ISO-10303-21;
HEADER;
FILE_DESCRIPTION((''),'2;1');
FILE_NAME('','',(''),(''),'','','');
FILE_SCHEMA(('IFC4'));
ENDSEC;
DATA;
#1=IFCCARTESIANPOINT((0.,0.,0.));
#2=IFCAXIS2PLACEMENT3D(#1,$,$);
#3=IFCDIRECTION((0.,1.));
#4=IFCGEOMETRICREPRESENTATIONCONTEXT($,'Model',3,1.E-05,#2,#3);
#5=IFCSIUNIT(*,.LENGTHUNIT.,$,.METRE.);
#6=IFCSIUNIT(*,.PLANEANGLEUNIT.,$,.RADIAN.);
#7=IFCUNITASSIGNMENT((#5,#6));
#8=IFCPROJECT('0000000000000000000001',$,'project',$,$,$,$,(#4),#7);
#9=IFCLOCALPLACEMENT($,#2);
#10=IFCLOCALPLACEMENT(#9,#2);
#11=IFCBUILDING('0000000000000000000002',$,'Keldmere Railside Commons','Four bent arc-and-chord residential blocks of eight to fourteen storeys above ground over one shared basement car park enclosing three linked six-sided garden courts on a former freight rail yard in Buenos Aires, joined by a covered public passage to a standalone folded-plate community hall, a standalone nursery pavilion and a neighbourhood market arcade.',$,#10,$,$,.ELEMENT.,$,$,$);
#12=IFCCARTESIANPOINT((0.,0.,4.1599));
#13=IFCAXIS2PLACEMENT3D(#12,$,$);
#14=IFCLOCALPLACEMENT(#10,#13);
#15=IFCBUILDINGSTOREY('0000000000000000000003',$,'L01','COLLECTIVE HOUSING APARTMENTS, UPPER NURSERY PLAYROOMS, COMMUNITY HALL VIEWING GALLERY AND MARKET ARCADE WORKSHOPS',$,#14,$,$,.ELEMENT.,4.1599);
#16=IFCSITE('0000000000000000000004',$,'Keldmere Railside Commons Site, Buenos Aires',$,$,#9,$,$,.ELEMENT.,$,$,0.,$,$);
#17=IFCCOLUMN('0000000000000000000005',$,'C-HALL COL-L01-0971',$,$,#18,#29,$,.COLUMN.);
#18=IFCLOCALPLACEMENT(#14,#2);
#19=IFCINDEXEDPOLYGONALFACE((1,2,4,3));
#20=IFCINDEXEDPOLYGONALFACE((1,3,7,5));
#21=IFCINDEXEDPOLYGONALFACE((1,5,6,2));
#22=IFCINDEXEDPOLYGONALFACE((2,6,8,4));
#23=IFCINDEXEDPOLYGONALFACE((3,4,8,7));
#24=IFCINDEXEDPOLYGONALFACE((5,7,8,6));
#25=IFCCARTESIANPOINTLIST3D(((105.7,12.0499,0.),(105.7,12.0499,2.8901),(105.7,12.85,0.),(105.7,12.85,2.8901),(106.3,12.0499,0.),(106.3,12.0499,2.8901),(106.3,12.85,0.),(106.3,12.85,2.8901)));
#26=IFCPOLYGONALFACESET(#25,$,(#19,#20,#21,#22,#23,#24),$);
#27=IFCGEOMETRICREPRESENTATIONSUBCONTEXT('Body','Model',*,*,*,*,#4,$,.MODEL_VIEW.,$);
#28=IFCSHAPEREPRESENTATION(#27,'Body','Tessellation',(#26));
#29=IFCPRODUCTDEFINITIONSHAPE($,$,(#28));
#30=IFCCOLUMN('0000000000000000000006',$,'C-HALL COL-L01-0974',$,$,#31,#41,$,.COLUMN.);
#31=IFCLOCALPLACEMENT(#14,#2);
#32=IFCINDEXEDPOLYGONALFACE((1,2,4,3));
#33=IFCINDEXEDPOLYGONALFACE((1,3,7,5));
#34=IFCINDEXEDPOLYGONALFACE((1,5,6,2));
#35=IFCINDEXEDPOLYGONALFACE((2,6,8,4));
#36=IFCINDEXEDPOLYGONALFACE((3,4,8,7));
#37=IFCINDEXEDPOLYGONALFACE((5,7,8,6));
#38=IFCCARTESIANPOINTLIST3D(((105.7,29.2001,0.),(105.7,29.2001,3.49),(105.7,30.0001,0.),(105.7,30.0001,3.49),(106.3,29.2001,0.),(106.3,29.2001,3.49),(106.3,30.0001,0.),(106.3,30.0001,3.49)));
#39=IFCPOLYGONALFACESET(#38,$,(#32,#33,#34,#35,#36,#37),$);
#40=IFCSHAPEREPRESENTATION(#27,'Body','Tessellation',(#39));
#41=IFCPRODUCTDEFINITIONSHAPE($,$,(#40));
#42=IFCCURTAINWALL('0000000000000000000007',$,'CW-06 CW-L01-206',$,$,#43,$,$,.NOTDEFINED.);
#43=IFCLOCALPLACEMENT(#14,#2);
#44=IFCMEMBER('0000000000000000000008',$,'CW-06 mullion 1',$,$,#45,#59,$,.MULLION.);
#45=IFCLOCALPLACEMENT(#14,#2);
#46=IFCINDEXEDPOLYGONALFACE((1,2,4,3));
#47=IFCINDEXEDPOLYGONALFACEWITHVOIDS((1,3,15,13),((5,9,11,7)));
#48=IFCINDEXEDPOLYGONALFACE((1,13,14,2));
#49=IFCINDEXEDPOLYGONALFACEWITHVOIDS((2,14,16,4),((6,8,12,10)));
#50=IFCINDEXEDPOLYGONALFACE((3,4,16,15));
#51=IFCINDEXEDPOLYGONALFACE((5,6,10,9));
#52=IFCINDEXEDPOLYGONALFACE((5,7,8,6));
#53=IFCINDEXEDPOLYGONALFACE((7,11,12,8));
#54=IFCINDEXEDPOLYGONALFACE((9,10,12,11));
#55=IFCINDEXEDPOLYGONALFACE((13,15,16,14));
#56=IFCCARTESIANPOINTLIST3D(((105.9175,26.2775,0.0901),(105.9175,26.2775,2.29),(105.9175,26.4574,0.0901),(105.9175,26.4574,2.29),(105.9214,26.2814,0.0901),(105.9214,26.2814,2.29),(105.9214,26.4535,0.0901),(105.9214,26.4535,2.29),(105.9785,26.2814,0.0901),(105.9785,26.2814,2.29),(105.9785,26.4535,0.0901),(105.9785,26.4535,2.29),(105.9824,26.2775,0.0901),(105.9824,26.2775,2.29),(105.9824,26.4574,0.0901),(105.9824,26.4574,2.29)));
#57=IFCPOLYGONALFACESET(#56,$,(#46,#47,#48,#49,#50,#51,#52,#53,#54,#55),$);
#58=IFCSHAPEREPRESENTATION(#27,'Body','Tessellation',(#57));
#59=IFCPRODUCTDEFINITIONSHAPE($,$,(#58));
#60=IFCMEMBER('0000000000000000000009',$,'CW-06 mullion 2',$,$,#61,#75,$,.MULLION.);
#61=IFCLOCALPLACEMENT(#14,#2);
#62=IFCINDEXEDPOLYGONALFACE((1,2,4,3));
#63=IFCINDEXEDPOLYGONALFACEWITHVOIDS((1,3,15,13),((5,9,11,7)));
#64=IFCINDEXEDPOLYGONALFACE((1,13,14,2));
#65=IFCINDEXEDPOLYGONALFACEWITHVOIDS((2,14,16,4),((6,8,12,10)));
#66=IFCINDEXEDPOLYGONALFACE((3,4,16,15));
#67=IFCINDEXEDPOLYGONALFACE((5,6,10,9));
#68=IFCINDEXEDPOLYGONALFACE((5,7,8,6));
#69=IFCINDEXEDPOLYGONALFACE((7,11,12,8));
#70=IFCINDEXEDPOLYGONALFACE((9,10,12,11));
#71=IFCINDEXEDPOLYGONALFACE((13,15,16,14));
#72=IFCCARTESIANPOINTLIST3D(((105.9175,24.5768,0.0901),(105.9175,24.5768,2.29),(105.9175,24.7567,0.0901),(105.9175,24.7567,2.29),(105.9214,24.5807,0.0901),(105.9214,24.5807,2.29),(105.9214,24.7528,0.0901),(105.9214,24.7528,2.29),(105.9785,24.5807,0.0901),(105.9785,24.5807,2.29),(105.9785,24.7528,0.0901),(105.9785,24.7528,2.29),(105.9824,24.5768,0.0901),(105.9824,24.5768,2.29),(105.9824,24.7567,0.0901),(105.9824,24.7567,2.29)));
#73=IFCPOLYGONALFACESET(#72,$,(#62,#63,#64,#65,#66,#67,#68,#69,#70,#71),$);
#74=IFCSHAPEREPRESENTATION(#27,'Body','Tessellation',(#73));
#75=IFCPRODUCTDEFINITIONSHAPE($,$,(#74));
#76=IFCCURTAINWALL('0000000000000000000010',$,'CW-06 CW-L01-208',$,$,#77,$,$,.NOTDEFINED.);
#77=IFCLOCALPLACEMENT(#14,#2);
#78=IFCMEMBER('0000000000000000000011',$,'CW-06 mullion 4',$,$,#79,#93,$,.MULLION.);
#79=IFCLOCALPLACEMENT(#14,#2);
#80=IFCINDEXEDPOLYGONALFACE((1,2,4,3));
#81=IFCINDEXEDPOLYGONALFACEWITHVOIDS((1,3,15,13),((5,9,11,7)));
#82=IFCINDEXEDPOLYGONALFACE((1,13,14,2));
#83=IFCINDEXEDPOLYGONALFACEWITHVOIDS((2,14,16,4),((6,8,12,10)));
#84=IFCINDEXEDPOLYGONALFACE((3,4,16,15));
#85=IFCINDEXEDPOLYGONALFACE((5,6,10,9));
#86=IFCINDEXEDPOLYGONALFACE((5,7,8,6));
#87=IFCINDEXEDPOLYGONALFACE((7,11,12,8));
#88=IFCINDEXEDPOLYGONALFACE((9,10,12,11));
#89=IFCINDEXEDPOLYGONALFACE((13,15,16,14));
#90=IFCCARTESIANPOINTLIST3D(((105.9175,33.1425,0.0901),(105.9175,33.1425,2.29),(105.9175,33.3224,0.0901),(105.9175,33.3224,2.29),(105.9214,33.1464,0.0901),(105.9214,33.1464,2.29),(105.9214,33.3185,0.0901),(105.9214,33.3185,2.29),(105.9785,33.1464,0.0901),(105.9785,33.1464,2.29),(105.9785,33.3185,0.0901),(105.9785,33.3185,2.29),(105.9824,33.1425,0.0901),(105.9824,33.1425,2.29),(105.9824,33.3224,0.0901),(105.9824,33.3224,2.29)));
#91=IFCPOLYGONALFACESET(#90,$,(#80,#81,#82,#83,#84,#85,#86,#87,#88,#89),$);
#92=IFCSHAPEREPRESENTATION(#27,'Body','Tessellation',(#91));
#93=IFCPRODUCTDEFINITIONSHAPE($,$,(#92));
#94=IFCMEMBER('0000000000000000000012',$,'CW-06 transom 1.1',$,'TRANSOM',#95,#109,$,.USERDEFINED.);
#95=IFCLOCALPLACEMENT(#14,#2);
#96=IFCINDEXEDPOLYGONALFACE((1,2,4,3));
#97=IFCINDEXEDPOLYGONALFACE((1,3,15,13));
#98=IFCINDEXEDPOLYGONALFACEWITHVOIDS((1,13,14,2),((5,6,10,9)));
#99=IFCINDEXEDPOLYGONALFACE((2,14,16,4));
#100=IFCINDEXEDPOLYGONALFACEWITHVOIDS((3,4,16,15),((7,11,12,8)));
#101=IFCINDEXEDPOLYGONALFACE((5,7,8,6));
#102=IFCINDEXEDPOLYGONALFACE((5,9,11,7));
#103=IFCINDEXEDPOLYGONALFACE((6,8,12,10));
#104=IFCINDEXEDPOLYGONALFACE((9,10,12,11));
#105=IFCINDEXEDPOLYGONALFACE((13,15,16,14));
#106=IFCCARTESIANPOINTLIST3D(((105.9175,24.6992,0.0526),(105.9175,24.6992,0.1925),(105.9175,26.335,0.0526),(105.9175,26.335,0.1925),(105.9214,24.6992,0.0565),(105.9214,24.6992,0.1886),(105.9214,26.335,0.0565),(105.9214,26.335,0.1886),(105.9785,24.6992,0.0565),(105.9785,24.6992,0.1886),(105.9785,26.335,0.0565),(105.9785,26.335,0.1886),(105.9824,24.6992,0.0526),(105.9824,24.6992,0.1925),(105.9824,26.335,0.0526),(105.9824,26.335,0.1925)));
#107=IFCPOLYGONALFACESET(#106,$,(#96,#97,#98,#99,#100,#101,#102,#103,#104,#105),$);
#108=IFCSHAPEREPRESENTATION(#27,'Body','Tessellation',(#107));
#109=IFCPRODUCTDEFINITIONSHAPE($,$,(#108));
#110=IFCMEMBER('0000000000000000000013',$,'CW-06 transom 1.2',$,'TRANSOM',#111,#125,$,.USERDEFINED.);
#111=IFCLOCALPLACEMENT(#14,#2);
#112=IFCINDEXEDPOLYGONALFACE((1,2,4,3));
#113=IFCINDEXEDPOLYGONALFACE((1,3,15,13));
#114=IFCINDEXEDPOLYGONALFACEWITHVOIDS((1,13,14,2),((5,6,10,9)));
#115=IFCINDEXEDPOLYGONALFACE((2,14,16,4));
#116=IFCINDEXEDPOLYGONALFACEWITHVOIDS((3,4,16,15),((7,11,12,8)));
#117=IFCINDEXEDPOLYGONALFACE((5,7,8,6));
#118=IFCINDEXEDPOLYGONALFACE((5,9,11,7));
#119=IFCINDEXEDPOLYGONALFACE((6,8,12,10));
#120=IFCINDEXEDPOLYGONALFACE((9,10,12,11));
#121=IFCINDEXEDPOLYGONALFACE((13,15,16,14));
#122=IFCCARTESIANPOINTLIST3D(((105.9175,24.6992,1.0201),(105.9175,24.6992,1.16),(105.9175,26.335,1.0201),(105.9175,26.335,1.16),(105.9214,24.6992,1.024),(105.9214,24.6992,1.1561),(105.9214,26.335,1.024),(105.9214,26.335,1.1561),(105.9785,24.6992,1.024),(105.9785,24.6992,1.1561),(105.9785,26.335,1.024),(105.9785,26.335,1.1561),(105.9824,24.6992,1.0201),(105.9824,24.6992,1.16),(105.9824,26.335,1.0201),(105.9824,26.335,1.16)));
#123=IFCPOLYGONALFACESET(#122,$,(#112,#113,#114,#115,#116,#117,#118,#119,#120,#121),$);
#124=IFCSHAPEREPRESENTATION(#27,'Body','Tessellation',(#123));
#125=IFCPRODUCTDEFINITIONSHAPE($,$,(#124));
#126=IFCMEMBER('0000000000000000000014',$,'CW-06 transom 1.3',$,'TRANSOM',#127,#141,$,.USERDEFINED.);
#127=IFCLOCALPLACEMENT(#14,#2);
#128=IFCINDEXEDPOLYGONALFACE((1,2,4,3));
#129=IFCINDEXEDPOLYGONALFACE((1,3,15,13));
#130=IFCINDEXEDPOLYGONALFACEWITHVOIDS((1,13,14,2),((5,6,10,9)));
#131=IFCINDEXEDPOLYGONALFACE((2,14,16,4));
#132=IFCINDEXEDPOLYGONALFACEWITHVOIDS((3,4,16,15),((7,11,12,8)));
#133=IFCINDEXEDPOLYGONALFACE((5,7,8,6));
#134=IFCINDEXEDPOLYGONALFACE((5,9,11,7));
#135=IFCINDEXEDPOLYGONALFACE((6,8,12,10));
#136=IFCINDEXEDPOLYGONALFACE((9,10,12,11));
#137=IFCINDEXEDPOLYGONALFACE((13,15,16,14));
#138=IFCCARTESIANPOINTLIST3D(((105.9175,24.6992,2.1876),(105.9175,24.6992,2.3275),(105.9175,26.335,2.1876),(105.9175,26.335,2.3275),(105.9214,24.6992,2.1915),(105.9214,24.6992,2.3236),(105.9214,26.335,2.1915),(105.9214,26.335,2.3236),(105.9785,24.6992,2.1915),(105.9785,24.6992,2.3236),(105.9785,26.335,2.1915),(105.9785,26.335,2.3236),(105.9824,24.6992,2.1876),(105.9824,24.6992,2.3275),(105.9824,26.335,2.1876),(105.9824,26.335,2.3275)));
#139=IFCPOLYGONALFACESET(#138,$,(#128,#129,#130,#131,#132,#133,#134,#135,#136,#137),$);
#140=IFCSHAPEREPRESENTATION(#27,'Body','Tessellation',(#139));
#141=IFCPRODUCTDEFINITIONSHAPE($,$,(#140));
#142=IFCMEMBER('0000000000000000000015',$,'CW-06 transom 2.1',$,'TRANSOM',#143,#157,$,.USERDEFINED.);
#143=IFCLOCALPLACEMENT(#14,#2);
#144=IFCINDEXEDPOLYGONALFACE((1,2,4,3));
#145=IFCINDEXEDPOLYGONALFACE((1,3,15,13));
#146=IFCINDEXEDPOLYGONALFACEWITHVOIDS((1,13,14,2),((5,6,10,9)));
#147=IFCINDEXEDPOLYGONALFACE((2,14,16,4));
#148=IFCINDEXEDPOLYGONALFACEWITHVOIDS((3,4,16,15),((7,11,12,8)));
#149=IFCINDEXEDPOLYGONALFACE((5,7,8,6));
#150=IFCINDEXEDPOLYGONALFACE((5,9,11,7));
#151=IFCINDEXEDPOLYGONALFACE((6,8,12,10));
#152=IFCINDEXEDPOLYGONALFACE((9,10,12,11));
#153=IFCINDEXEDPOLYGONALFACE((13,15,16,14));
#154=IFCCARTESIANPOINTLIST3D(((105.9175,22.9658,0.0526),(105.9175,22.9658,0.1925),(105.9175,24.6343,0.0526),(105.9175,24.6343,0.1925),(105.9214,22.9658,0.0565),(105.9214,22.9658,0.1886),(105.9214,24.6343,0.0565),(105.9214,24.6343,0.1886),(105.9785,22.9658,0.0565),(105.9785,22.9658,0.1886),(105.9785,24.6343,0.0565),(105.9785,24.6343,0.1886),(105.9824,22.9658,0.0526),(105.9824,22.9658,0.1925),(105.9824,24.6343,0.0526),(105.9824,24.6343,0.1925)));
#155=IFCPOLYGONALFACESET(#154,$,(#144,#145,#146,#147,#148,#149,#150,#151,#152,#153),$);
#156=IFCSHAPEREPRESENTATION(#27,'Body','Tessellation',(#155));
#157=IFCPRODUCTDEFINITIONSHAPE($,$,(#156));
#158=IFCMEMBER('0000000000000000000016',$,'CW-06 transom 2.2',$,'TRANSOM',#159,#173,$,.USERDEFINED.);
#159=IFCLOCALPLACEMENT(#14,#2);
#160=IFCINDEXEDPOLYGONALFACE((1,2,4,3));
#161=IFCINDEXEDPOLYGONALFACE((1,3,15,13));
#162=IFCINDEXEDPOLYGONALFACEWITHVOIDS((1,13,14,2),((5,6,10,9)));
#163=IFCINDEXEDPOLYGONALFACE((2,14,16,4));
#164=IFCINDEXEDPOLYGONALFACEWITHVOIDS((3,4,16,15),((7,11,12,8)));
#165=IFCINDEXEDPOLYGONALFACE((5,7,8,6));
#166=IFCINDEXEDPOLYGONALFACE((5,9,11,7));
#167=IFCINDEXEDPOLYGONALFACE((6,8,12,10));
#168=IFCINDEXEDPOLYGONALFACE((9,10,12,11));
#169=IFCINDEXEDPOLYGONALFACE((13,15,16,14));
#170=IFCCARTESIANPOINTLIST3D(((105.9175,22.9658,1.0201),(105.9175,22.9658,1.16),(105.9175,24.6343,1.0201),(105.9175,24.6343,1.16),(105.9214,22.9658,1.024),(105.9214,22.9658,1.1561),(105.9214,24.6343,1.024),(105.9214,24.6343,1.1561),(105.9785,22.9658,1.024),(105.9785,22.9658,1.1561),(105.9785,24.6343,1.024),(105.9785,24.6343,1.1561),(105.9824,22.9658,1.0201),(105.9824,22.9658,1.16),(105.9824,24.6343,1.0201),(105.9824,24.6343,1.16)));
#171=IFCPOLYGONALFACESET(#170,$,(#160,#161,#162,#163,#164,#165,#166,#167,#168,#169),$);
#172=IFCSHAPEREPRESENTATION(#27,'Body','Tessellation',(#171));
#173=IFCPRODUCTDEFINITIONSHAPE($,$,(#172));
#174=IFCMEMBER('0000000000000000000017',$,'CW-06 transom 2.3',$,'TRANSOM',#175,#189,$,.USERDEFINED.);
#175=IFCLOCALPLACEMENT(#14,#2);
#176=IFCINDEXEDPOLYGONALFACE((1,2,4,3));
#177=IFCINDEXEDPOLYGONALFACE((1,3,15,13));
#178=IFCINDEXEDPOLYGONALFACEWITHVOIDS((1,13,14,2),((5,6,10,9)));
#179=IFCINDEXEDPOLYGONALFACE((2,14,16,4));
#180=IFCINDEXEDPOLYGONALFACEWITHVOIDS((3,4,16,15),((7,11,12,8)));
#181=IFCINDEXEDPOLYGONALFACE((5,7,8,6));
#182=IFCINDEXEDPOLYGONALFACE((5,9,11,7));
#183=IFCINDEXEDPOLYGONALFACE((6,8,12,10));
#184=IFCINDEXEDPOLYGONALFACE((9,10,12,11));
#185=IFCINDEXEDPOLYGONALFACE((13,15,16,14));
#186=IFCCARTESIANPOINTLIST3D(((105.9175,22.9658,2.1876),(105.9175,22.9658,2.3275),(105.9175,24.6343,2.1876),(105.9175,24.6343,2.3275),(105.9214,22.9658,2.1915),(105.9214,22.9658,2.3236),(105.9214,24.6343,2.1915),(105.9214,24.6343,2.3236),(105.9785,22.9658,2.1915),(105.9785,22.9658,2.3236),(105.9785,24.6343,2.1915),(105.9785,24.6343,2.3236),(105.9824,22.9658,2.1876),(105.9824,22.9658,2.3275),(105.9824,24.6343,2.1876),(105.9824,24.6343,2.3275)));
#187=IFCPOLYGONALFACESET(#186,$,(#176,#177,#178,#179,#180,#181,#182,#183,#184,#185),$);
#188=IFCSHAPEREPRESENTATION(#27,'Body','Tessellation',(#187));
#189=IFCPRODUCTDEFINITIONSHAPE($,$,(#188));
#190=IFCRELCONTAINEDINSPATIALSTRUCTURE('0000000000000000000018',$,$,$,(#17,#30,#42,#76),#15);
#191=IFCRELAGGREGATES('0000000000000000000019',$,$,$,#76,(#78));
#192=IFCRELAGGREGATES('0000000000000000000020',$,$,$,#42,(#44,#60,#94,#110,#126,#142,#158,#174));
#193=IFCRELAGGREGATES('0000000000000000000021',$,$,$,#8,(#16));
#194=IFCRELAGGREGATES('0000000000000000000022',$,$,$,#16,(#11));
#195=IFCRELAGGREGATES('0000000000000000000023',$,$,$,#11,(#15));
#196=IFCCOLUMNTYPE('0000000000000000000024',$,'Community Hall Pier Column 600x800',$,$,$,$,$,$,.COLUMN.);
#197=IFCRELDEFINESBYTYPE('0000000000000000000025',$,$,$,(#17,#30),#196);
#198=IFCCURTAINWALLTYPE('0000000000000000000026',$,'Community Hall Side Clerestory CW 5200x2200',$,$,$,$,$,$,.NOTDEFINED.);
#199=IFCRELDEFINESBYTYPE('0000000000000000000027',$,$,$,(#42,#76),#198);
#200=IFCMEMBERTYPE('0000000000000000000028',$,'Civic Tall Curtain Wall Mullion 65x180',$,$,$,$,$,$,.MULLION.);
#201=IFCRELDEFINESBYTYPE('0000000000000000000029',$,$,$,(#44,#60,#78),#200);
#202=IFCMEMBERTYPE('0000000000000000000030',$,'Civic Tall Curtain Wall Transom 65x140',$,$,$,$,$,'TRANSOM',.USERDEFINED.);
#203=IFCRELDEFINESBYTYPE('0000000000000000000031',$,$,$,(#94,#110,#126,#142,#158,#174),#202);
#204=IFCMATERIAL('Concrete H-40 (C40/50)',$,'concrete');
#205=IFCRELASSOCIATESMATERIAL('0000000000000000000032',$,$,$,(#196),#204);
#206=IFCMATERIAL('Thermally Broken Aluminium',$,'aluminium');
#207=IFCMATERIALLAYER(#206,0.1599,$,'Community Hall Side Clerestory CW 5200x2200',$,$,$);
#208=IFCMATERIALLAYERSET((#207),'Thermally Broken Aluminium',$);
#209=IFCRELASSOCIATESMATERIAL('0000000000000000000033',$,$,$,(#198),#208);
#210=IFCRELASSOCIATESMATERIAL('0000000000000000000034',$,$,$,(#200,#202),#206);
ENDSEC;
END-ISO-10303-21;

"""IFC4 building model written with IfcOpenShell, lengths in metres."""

from ifc_helpers import new_model, si_unit, direction, frame, origin, origin_2d, place, context, subcontext, project, spatial, rectangle, hollow_rectangle, extrude, material, layer, layer_set, material_profile, profile_set, type_object, element, aggregate, save


model = new_model("IFC4")

# Units and contexts
model_context = context("Model", 3, precision=1e-05, world=origin(), true_north=direction((0.0, 1.0)))
body_context = subcontext(model_context, "Body", "Model", "MODEL_VIEW")
ifc_project = project(units=[si_unit("LENGTHUNIT", "METRE"), si_unit("PLANEANGLEUNIT", "RADIAN")], contexts=[model_context])

# Site, building, storey
site_placement = place(None, origin())
site = spatial("IfcSite", under=ifc_project, at=site_placement, Name="Keldmere Railside Commons Site, Buenos Aires", CompositionType="ELEMENT", RefElevation=0.0)
building_placement = place(site_placement, origin())
building = spatial("IfcBuilding", under=site, at=building_placement, Name="Keldmere Railside Commons", Description="Four bent arc-and-chord residential blocks of eight to fourteen storeys above ground over one shared basement car park enclosing three linked six-sided garden courts on a former freight rail yard in Buenos Aires, joined by a covered public passage to a standalone folded-plate community hall, a standalone nursery pavilion and a neighbourhood market arcade.", CompositionType="ELEMENT")
storey_placement = place(building_placement, frame((0.0, 0.0, 4.1599)))
storey = spatial("IfcBuildingStorey", under=building, at=storey_placement, Name="L01", Description="COLLECTIVE HOUSING APARTMENTS, UPPER NURSERY PLAYROOMS, COMMUNITY HALL VIEWING GALLERY AND MARKET ARCADE WORKSHOPS", CompositionType="ELEMENT", Elevation=4.1599)

# Columns
ifc_material_1 = material(Name="Concrete H-40 (C40/50)", Category="concrete")
ifc_material_profile_1 = material_profile(ifc_material_1, rectangle(XDim=0.6001, YDim=0.8, at=origin_2d()), Name="RC-600x800")
ifc_profile_set_1 = profile_set([ifc_material_profile_1], Name="Concrete H-40 (C40/50)")
column_type = type_object("IfcColumnType", Name="Community Hall Pier Column 600x800", PredefinedType="COLUMN", material=ifc_profile_set_1)
column_1_placement = place(storey_placement, frame((106.0, 12.45, 0.0), z_axis=(0.0, 0.0, 1.0), x_axis=(1.0, 0.0, 0.0)))
element("IfcColumn", 1, at=column_1_placement, inside=storey, type_object=column_type, Name="C-HALL COL-L01-0971", PredefinedType="COLUMN", context=body_context, shape_type="SweptSolid", body=[
    extrude(rectangle(XDim=0.6001, YDim=0.8, at=origin_2d()), origin(), (0.0, 0.0, 1.0), 2.8901),
])
column_2_placement = place(storey_placement, frame((106.0, 29.6001, 0.0), z_axis=(0.0, 0.0, 1.0), x_axis=(1.0, 0.0, 0.0)))
element("IfcColumn", 2, at=column_2_placement, inside=storey, type_object=column_type, Name="C-HALL COL-L01-0974", PredefinedType="COLUMN", context=body_context, shape_type="SweptSolid", body=[
    extrude(rectangle(XDim=0.6001, YDim=0.8, at=origin_2d()), origin(), (0.0, 0.0, 1.0), 3.49),
])

# Curtain wall, members
ifc_material_2 = material(Name="Thermally Broken Aluminium", Category="aluminium")
ifc_layer_1 = layer(ifc_material_2, 0.1599, Name="Community Hall Side Clerestory CW 5200x2200")
ifc_layer_set_1 = layer_set([ifc_layer_1], Name="Thermally Broken Aluminium")
curtain_wall_type = type_object("IfcCurtainWallType", Name="Community Hall Side Clerestory CW 5200x2200", PredefinedType="NOTDEFINED", material=ifc_layer_set_1)
curtain_wall_1_placement = place(storey_placement, origin())
curtain_wall_1 = element("IfcCurtainWall", 3, at=curtain_wall_1_placement, inside=storey, type_object=curtain_wall_type, Name="CW-06 CW-L01-206", PredefinedType="NOTDEFINED")
ifc_material_profile_2 = material_profile(ifc_material_2, hollow_rectangle(XDim=0.0649, YDim=0.1799, WallThickness=0.0039, at=origin_2d()), Name="ALU-MULL-65x180")
ifc_profile_set_2 = profile_set([ifc_material_profile_2], Name="Thermally Broken Aluminium")
member_type_1 = type_object("IfcMemberType", Name="Civic Tall Curtain Wall Mullion 65x180", PredefinedType="MULLION", material=ifc_profile_set_2)
member_1_placement = place(storey_placement, frame((105.95, 26.3674, 0.0901), z_axis=(0.0, 0.0, 1.0), x_axis=(1.0, 0.0, 0.0)))
member_1 = element("IfcMember", 4, at=member_1_placement, type_object=member_type_1, Name="CW-06 mullion 1", PredefinedType="MULLION", context=body_context, shape_type="SweptSolid", body=[
    extrude(hollow_rectangle(XDim=0.0649, YDim=0.1799, WallThickness=0.0039, at=origin_2d()), origin(), (0.0, 0.0, 1.0), 2.2),
])
member_2_placement = place(storey_placement, frame((105.95, 24.6667, 0.0901), z_axis=(0.0, 0.0, 1.0), x_axis=(1.0, 0.0, 0.0)))
member_2 = element("IfcMember", 5, at=member_2_placement, type_object=member_type_1, Name="CW-06 mullion 2", PredefinedType="MULLION", context=body_context, shape_type="SweptSolid", body=[
    extrude(hollow_rectangle(XDim=0.0649, YDim=0.1799, WallThickness=0.0039, at=origin_2d()), origin(), (0.0, 0.0, 1.0), 2.2),
])

# Curtain wall, member
curtain_wall_2_placement = place(storey_placement, origin())
curtain_wall_2 = element("IfcCurtainWall", 6, at=curtain_wall_2_placement, inside=storey, type_object=curtain_wall_type, Name="CW-06 CW-L01-208", PredefinedType="NOTDEFINED")
member_3_placement = place(storey_placement, frame((105.95, 33.2324, 0.0901), z_axis=(0.0, 0.0, 1.0), x_axis=(1.0, 0.0, 0.0)))
member_3 = element("IfcMember", 7, at=member_3_placement, type_object=member_type_1, Name="CW-06 mullion 4", PredefinedType="MULLION", context=body_context, shape_type="SweptSolid", body=[
    extrude(hollow_rectangle(XDim=0.0649, YDim=0.1799, WallThickness=0.0039, at=origin_2d()), origin(), (0.0, 0.0, 1.0), 2.2),
])

# Members
ifc_material_profile_3 = material_profile(ifc_material_2, hollow_rectangle(XDim=0.0649, YDim=0.1399, WallThickness=0.0039, at=origin_2d()), Name="ALU-TRAN-65x140")
ifc_profile_set_3 = profile_set([ifc_material_profile_3], Name="Thermally Broken Aluminium")
member_type_2 = type_object("IfcMemberType", Name="Civic Tall Curtain Wall Transom 65x140", ElementType="TRANSOM", PredefinedType="USERDEFINED", material=ifc_profile_set_3)
member_4_placement = place(storey_placement, frame((105.95, 26.335, 0.1226), z_axis=(0.0, -1.0, 0.0), x_axis=(1.0, 0.0, 0.0)))
member_4 = element("IfcMember", 8, at=member_4_placement, type_object=member_type_2, Name="CW-06 transom 1.1", ObjectType="TRANSOM", PredefinedType="USERDEFINED", context=body_context, shape_type="SweptSolid", body=[
    extrude(hollow_rectangle(XDim=0.0649, YDim=0.1399, WallThickness=0.0039, at=origin_2d()), origin(), (0.0, 0.0, 1.0), 1.6357),
])
member_5_placement = place(storey_placement, frame((105.95, 26.335, 1.0901), z_axis=(0.0, -1.0, 0.0), x_axis=(1.0, 0.0, 0.0)))
member_5 = element("IfcMember", 9, at=member_5_placement, type_object=member_type_2, Name="CW-06 transom 1.2", ObjectType="TRANSOM", PredefinedType="USERDEFINED", context=body_context, shape_type="SweptSolid", body=[
    extrude(hollow_rectangle(XDim=0.0649, YDim=0.1399, WallThickness=0.0039, at=origin_2d()), origin(), (0.0, 0.0, 1.0), 1.6357),
])
member_6_placement = place(storey_placement, frame((105.95, 26.335, 2.2576), z_axis=(0.0, -1.0, 0.0), x_axis=(1.0, 0.0, 0.0)))
member_6 = element("IfcMember", 10, at=member_6_placement, type_object=member_type_2, Name="CW-06 transom 1.3", ObjectType="TRANSOM", PredefinedType="USERDEFINED", context=body_context, shape_type="SweptSolid", body=[
    extrude(hollow_rectangle(XDim=0.0649, YDim=0.1399, WallThickness=0.0039, at=origin_2d()), origin(), (0.0, 0.0, 1.0), 1.6357),
])
member_7_placement = place(storey_placement, frame((105.95, 24.6343, 0.1226), z_axis=(0.0, -1.0, 0.0), x_axis=(1.0, 0.0, 0.0)))
member_7 = element("IfcMember", 11, at=member_7_placement, type_object=member_type_2, Name="CW-06 transom 2.1", ObjectType="TRANSOM", PredefinedType="USERDEFINED", context=body_context, shape_type="SweptSolid", body=[
    extrude(hollow_rectangle(XDim=0.0649, YDim=0.1399, WallThickness=0.0039, at=origin_2d()), origin(), (0.0, 0.0, 1.0), 1.6685),
])
member_8_placement = place(storey_placement, frame((105.95, 24.6343, 1.0901), z_axis=(0.0, -1.0, 0.0), x_axis=(1.0, 0.0, 0.0)))
member_8 = element("IfcMember", 12, at=member_8_placement, type_object=member_type_2, Name="CW-06 transom 2.2", ObjectType="TRANSOM", PredefinedType="USERDEFINED", context=body_context, shape_type="SweptSolid", body=[
    extrude(hollow_rectangle(XDim=0.0649, YDim=0.1399, WallThickness=0.0039, at=origin_2d()), origin(), (0.0, 0.0, 1.0), 1.6685),
])
member_9_placement = place(storey_placement, frame((105.95, 24.6343, 2.2576), z_axis=(0.0, -1.0, 0.0), x_axis=(1.0, 0.0, 0.0)))
member_9 = element("IfcMember", 13, at=member_9_placement, type_object=member_type_2, Name="CW-06 transom 2.3", ObjectType="TRANSOM", PredefinedType="USERDEFINED", context=body_context, shape_type="SweptSolid", body=[
    extrude(hollow_rectangle(XDim=0.0649, YDim=0.1399, WallThickness=0.0039, at=origin_2d()), origin(), (0.0, 0.0, 1.0), 1.6685),
])

aggregate(curtain_wall_2, [member_3])
aggregate(curtain_wall_1, [member_1, member_2, member_4, member_5, member_6, member_7, member_8, member_9])

save(model, "model.ifc")
